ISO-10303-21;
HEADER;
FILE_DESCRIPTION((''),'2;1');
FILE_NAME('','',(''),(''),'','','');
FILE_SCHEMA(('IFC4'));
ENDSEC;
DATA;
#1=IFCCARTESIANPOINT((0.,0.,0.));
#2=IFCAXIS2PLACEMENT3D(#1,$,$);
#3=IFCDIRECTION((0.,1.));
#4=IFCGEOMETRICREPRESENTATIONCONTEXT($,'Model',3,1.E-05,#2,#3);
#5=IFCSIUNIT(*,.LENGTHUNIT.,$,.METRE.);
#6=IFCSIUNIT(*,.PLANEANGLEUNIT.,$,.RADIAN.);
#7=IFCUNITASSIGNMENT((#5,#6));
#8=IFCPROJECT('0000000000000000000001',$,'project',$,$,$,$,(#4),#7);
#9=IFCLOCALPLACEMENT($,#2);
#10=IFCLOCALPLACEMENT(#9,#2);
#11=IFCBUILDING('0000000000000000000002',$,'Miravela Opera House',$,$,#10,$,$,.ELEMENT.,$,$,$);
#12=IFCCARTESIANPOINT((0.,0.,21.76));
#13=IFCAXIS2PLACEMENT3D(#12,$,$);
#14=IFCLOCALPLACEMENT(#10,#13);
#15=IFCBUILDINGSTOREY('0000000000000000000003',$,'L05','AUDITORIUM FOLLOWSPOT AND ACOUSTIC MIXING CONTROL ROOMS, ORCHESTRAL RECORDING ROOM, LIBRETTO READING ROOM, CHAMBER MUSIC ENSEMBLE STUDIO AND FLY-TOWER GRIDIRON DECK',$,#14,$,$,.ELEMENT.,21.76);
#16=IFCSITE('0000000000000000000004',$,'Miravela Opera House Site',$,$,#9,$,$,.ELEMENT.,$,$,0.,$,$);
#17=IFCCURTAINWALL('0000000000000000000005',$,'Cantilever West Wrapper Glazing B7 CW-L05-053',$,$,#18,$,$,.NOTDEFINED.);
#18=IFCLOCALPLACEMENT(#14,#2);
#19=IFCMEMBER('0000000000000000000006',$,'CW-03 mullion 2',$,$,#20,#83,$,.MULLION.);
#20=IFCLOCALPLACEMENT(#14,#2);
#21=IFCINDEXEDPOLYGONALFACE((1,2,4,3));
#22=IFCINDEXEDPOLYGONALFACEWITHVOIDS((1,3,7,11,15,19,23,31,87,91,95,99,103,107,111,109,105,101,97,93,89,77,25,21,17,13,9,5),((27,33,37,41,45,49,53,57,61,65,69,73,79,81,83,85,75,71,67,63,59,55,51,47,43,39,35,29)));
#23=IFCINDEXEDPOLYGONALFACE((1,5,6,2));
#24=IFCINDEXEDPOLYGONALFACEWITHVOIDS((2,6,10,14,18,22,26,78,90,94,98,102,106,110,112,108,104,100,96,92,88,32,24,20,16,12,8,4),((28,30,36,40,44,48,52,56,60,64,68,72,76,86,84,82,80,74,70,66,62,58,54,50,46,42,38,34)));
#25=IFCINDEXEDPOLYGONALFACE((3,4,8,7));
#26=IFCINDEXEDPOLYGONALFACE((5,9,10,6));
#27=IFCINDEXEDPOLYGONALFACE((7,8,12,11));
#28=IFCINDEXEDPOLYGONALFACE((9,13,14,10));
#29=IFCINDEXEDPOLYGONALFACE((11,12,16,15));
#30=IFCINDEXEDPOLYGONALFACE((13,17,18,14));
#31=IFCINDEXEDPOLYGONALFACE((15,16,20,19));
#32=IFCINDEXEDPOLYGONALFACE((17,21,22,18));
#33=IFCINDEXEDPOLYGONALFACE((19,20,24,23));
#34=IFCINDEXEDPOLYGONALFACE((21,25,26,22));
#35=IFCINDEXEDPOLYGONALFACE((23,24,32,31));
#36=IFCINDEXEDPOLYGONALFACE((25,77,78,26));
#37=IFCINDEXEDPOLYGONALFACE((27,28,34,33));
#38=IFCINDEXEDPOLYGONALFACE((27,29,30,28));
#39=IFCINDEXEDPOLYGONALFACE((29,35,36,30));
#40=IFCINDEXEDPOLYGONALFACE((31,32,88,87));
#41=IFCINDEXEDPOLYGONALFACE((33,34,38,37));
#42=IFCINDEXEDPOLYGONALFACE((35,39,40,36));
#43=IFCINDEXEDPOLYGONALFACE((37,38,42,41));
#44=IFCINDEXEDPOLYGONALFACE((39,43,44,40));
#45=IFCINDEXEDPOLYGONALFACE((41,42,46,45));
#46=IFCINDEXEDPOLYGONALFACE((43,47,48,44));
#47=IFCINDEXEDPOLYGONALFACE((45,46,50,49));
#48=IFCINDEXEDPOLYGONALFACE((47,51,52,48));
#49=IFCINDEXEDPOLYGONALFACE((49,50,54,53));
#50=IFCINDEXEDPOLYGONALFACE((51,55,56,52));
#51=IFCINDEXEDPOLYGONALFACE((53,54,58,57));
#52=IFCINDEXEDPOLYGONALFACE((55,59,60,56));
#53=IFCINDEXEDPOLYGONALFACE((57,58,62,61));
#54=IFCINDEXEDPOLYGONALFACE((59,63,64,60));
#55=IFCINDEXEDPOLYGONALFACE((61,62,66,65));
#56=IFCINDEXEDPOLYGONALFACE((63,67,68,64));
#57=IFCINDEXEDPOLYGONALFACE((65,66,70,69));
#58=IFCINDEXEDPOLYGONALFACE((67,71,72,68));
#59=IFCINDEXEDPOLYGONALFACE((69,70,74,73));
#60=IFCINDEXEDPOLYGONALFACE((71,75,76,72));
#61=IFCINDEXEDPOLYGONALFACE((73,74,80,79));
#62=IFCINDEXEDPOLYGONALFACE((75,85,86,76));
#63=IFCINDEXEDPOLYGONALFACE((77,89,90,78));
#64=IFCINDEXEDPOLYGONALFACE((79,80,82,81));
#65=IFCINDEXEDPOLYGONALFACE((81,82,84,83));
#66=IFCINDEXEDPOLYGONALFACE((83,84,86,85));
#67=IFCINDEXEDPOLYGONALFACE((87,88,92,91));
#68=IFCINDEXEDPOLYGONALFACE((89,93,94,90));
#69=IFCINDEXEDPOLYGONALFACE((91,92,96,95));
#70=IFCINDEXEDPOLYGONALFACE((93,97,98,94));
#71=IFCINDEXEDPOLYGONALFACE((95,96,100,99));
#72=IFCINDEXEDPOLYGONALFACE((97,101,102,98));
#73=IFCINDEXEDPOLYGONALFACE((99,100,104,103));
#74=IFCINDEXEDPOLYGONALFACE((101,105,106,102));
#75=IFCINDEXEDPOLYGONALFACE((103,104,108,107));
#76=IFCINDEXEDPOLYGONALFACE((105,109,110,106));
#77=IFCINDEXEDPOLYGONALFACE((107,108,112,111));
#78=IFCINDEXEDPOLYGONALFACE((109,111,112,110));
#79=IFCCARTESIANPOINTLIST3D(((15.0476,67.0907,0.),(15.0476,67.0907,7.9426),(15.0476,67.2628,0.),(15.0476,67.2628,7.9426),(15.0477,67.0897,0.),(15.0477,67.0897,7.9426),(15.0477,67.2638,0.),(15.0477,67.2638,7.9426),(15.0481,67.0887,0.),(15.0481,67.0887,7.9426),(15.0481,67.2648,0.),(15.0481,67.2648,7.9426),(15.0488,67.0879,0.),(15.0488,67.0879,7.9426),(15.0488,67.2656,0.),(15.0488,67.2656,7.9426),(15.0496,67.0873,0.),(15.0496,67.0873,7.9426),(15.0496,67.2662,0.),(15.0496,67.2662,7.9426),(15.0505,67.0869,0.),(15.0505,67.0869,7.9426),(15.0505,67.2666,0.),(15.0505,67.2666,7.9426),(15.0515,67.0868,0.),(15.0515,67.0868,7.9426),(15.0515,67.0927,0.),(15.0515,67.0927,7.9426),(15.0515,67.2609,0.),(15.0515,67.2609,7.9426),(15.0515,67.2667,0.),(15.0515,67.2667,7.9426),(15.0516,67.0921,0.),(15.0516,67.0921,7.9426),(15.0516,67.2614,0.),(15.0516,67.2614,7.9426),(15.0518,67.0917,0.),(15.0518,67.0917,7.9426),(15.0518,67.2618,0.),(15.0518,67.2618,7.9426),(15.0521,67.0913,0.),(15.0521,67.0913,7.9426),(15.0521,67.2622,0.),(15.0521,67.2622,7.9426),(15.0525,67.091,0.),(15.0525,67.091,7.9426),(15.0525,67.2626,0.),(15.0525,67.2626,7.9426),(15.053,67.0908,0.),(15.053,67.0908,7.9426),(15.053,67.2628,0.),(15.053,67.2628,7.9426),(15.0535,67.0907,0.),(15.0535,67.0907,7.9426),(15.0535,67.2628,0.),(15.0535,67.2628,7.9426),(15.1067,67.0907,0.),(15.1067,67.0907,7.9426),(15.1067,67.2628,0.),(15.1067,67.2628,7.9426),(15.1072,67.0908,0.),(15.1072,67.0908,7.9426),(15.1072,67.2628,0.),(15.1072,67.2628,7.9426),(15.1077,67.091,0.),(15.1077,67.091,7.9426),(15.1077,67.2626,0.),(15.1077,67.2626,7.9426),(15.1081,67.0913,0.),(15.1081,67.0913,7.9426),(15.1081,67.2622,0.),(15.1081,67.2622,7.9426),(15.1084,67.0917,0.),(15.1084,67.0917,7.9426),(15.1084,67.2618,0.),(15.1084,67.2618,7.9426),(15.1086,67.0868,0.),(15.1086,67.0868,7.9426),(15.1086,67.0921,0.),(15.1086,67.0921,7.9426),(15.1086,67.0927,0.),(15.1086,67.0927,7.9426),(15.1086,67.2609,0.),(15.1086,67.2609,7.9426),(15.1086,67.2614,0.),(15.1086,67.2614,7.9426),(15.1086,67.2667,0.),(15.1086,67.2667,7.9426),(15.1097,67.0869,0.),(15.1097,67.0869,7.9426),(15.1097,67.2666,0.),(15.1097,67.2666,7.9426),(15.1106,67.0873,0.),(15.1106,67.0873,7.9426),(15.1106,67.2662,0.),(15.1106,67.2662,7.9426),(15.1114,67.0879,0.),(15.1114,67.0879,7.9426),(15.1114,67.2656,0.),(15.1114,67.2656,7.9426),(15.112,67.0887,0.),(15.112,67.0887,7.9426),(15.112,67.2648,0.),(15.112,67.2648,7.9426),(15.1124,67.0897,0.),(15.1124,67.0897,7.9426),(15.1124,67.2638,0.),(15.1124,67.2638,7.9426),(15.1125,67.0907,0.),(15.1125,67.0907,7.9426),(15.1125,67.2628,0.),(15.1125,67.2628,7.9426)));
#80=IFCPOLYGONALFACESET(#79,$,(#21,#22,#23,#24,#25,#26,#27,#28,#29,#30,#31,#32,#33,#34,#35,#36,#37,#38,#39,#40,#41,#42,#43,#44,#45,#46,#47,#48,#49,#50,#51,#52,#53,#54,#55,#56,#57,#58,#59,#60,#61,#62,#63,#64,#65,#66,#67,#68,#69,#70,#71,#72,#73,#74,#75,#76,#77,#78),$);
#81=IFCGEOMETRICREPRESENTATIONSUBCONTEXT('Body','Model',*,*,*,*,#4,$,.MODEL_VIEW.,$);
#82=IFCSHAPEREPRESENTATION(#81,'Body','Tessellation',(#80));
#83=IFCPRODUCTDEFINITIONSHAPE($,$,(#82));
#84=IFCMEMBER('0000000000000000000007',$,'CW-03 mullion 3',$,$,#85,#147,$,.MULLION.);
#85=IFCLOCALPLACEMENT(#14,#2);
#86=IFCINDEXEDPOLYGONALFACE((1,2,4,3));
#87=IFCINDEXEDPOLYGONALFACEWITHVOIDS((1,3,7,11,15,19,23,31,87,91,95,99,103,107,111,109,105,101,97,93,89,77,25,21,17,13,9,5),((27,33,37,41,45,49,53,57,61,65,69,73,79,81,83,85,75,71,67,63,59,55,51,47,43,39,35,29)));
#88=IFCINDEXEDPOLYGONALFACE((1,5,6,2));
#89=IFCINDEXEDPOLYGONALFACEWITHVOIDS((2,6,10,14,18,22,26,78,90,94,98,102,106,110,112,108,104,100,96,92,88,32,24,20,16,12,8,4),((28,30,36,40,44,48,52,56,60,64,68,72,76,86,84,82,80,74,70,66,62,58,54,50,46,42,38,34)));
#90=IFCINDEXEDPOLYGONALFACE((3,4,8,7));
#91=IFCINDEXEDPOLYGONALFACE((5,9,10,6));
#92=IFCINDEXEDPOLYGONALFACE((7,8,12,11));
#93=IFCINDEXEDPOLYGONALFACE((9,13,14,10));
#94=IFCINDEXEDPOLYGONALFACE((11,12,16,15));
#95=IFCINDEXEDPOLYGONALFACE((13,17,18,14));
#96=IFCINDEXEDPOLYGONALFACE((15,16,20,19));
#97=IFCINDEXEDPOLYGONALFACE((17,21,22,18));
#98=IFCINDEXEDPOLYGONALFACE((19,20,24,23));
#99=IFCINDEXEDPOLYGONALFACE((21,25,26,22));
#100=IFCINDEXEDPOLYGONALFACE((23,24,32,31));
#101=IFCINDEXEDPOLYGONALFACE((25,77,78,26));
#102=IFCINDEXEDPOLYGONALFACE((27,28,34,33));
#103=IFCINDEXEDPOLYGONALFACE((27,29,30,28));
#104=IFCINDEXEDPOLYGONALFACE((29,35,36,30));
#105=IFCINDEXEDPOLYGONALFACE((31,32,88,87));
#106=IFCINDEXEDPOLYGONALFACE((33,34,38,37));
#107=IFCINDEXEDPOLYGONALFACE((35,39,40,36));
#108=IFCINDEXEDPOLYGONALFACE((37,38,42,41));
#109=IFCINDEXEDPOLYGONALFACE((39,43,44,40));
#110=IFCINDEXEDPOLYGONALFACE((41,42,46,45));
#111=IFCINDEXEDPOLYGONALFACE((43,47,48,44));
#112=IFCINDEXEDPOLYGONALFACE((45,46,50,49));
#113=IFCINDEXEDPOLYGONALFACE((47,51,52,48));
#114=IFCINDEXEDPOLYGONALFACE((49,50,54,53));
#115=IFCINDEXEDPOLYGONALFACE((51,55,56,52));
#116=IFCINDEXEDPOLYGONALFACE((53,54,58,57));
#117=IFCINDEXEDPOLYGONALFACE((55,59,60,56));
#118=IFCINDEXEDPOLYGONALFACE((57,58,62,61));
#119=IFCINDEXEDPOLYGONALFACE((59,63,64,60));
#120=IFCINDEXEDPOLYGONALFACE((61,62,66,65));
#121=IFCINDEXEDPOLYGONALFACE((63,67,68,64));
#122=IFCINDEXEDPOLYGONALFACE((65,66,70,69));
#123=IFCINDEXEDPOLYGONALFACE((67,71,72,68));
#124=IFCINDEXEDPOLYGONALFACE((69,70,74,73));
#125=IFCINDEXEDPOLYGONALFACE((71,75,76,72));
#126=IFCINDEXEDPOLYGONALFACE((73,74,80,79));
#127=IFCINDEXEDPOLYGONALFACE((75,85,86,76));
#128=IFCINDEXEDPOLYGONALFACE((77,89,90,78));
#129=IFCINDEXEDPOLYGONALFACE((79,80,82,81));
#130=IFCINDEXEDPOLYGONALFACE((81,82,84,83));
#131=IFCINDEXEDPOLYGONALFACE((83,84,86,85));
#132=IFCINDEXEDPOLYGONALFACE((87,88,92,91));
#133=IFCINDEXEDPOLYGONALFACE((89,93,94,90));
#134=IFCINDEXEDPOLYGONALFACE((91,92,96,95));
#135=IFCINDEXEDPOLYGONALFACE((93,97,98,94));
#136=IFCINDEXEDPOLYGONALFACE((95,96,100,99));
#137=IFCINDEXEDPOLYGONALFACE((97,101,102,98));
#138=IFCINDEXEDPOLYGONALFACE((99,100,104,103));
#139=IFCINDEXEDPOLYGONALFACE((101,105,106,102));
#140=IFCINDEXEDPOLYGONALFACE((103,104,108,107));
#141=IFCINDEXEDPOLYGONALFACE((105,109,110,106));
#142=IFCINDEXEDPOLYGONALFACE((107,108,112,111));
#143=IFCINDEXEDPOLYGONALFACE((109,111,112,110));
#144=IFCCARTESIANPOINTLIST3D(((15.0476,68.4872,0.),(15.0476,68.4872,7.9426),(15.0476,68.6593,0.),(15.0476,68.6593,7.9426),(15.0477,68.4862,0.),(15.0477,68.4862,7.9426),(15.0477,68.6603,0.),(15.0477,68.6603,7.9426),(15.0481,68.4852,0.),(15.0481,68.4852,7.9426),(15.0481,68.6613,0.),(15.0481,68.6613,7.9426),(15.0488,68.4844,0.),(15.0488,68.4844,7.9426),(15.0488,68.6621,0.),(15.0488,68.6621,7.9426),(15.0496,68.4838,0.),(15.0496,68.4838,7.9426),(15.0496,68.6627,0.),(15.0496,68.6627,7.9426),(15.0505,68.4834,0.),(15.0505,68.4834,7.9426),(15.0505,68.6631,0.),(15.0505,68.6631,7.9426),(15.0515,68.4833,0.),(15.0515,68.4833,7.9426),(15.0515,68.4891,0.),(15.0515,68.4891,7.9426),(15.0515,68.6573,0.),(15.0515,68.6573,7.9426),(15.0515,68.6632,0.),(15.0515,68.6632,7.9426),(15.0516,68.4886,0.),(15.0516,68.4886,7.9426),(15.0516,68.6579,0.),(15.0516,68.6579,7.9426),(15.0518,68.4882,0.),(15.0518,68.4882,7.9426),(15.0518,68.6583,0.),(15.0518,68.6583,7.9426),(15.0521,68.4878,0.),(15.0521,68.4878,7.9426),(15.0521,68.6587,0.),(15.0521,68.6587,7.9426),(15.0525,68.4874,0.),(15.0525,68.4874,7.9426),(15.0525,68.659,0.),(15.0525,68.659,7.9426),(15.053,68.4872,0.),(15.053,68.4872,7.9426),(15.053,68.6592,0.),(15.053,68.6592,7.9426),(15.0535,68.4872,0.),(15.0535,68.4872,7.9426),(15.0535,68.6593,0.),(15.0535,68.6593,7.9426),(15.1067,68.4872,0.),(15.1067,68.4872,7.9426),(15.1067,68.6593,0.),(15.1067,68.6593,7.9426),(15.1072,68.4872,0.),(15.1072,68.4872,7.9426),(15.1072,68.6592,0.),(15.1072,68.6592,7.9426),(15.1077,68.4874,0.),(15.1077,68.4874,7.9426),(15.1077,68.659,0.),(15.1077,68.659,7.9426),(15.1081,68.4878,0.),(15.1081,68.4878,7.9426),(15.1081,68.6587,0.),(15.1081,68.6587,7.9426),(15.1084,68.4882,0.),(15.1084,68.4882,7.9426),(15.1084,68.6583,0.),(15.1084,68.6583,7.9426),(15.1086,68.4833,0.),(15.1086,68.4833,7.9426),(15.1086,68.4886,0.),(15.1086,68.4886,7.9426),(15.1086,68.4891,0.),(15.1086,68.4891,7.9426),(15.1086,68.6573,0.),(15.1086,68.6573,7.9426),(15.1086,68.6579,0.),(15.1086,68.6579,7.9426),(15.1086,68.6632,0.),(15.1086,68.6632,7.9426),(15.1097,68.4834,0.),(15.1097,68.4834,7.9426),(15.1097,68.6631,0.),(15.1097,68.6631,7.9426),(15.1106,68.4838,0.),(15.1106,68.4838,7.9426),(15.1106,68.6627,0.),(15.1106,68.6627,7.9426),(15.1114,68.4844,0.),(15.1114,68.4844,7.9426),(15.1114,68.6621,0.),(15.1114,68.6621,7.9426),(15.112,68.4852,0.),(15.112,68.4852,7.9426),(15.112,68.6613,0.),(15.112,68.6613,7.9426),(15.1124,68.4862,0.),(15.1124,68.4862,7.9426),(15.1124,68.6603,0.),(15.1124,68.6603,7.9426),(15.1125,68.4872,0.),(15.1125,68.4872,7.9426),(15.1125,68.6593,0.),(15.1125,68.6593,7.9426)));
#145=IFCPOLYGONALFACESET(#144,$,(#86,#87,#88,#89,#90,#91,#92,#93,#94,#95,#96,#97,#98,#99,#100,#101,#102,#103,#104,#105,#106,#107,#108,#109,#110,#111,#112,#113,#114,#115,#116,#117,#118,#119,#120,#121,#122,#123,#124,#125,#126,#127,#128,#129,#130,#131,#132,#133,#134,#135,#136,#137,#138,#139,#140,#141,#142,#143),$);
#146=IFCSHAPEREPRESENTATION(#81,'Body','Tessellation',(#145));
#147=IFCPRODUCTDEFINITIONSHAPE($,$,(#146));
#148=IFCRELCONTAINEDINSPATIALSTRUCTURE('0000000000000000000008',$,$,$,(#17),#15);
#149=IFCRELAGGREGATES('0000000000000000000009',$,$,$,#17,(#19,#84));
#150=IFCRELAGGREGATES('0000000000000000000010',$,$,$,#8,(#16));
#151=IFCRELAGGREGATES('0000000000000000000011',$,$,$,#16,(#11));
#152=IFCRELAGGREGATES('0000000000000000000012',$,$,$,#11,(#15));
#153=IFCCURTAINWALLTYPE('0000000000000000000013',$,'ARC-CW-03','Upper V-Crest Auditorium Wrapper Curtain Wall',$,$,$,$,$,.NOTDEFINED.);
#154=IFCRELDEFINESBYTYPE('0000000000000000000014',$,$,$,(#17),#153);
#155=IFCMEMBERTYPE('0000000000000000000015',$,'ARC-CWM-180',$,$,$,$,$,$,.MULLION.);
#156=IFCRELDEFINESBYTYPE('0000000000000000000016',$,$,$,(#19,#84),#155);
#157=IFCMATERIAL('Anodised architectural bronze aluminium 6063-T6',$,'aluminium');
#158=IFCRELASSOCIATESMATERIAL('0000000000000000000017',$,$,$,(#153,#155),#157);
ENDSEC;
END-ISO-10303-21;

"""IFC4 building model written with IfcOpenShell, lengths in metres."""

from ifc_helpers import new_model, si_unit, direction, frame, origin, origin_2d, place, context, subcontext, project, spatial, hollow_rectangle, extrude, material, material_profile, profile_set, type_object, element, aggregate, save


model = new_model("IFC4")

# Units and contexts
model_context = context("Model", 3, precision=1e-05, world=origin(), true_north=direction((0.0, 1.0)))
body_context = subcontext(model_context, "Body", "Model", "MODEL_VIEW")
ifc_project = project(units=[si_unit("LENGTHUNIT", "METRE"), si_unit("PLANEANGLEUNIT", "RADIAN")], contexts=[model_context])

# Site, building, storey
site_placement = place(None, origin())
site = spatial("IfcSite", under=ifc_project, at=site_placement, Name="Miravela Opera House Site", CompositionType="ELEMENT", RefElevation=0.0)
building_placement = place(site_placement, origin())
building = spatial("IfcBuilding", under=site, at=building_placement, Name="Miravela Opera House", CompositionType="ELEMENT")
storey_placement = place(building_placement, frame((0.0, 0.0, 21.76)))
storey = spatial("IfcBuildingStorey", under=building, at=storey_placement, Name="L05", Description="AUDITORIUM FOLLOWSPOT AND ACOUSTIC MIXING CONTROL ROOMS, ORCHESTRAL RECORDING ROOM, LIBRETTO READING ROOM, CHAMBER MUSIC ENSEMBLE STUDIO AND FLY-TOWER GRIDIRON DECK", CompositionType="ELEMENT", Elevation=21.76)

# Curtain wall, members
ifc_material_1 = material(Name="Anodised architectural bronze aluminium 6063-T6", Category="aluminium")
curtain_wall_type = type_object("IfcCurtainWallType", Name="ARC-CW-03", Description="Upper V-Crest Auditorium Wrapper Curtain Wall", PredefinedType="NOTDEFINED", material=ifc_material_1)
curtain_wall_1_placement = place(storey_placement, origin())
curtain_wall_1 = element("IfcCurtainWall", 1, at=curtain_wall_1_placement, inside=storey, type_object=curtain_wall_type, Name="Cantilever West Wrapper Glazing B7 CW-L05-053", PredefinedType="NOTDEFINED")
ifc_material_profile_1 = material_profile(ifc_material_1, hollow_rectangle(XDim=0.0649, YDim=0.1799, WallThickness=0.0039, InnerFilletRadius=0.002, OuterFilletRadius=0.0039, at=origin_2d()), Name="CWM-65X180")
ifc_profile_set_1 = profile_set([ifc_material_profile_1])
member_type_1 = type_object("IfcMemberType", Name="ARC-CWM-180", PredefinedType="MULLION", material=ifc_profile_set_1)
member_1_placement = place(storey_placement, frame((15.0801, 67.1768, 0.0), z_axis=(0.0, 0.0, 1.0), x_axis=(-1.0, 0.0, 0.0)))
member_1 = element("IfcMember", 2, at=member_1_placement, type_object=member_type_1, Name="CW-03 mullion 2", PredefinedType="MULLION", context=body_context, shape_type="SweptSolid", body=[
    extrude(hollow_rectangle(XDim=0.0649, YDim=0.1799, WallThickness=0.0039, InnerFilletRadius=0.002, OuterFilletRadius=0.0039, at=origin_2d()), origin(), (0.0, 0.0, 1.0), 7.9426),
])
member_2_placement = place(storey_placement, frame((15.0801, 68.5732, 0.0), z_axis=(0.0, 0.0, 1.0), x_axis=(-1.0, 0.0, 0.0)))
member_2 = element("IfcMember", 3, at=member_2_placement, type_object=member_type_1, Name="CW-03 mullion 3", PredefinedType="MULLION", context=body_context, shape_type="SweptSolid", body=[
    extrude(hollow_rectangle(XDim=0.0649, YDim=0.1799, WallThickness=0.0039, InnerFilletRadius=0.002, OuterFilletRadius=0.0039, at=origin_2d()), origin(), (0.0, 0.0, 1.0), 7.9426),
])

aggregate(curtain_wall_1, [member_1, member_2])

save(model, "model.ifc")
